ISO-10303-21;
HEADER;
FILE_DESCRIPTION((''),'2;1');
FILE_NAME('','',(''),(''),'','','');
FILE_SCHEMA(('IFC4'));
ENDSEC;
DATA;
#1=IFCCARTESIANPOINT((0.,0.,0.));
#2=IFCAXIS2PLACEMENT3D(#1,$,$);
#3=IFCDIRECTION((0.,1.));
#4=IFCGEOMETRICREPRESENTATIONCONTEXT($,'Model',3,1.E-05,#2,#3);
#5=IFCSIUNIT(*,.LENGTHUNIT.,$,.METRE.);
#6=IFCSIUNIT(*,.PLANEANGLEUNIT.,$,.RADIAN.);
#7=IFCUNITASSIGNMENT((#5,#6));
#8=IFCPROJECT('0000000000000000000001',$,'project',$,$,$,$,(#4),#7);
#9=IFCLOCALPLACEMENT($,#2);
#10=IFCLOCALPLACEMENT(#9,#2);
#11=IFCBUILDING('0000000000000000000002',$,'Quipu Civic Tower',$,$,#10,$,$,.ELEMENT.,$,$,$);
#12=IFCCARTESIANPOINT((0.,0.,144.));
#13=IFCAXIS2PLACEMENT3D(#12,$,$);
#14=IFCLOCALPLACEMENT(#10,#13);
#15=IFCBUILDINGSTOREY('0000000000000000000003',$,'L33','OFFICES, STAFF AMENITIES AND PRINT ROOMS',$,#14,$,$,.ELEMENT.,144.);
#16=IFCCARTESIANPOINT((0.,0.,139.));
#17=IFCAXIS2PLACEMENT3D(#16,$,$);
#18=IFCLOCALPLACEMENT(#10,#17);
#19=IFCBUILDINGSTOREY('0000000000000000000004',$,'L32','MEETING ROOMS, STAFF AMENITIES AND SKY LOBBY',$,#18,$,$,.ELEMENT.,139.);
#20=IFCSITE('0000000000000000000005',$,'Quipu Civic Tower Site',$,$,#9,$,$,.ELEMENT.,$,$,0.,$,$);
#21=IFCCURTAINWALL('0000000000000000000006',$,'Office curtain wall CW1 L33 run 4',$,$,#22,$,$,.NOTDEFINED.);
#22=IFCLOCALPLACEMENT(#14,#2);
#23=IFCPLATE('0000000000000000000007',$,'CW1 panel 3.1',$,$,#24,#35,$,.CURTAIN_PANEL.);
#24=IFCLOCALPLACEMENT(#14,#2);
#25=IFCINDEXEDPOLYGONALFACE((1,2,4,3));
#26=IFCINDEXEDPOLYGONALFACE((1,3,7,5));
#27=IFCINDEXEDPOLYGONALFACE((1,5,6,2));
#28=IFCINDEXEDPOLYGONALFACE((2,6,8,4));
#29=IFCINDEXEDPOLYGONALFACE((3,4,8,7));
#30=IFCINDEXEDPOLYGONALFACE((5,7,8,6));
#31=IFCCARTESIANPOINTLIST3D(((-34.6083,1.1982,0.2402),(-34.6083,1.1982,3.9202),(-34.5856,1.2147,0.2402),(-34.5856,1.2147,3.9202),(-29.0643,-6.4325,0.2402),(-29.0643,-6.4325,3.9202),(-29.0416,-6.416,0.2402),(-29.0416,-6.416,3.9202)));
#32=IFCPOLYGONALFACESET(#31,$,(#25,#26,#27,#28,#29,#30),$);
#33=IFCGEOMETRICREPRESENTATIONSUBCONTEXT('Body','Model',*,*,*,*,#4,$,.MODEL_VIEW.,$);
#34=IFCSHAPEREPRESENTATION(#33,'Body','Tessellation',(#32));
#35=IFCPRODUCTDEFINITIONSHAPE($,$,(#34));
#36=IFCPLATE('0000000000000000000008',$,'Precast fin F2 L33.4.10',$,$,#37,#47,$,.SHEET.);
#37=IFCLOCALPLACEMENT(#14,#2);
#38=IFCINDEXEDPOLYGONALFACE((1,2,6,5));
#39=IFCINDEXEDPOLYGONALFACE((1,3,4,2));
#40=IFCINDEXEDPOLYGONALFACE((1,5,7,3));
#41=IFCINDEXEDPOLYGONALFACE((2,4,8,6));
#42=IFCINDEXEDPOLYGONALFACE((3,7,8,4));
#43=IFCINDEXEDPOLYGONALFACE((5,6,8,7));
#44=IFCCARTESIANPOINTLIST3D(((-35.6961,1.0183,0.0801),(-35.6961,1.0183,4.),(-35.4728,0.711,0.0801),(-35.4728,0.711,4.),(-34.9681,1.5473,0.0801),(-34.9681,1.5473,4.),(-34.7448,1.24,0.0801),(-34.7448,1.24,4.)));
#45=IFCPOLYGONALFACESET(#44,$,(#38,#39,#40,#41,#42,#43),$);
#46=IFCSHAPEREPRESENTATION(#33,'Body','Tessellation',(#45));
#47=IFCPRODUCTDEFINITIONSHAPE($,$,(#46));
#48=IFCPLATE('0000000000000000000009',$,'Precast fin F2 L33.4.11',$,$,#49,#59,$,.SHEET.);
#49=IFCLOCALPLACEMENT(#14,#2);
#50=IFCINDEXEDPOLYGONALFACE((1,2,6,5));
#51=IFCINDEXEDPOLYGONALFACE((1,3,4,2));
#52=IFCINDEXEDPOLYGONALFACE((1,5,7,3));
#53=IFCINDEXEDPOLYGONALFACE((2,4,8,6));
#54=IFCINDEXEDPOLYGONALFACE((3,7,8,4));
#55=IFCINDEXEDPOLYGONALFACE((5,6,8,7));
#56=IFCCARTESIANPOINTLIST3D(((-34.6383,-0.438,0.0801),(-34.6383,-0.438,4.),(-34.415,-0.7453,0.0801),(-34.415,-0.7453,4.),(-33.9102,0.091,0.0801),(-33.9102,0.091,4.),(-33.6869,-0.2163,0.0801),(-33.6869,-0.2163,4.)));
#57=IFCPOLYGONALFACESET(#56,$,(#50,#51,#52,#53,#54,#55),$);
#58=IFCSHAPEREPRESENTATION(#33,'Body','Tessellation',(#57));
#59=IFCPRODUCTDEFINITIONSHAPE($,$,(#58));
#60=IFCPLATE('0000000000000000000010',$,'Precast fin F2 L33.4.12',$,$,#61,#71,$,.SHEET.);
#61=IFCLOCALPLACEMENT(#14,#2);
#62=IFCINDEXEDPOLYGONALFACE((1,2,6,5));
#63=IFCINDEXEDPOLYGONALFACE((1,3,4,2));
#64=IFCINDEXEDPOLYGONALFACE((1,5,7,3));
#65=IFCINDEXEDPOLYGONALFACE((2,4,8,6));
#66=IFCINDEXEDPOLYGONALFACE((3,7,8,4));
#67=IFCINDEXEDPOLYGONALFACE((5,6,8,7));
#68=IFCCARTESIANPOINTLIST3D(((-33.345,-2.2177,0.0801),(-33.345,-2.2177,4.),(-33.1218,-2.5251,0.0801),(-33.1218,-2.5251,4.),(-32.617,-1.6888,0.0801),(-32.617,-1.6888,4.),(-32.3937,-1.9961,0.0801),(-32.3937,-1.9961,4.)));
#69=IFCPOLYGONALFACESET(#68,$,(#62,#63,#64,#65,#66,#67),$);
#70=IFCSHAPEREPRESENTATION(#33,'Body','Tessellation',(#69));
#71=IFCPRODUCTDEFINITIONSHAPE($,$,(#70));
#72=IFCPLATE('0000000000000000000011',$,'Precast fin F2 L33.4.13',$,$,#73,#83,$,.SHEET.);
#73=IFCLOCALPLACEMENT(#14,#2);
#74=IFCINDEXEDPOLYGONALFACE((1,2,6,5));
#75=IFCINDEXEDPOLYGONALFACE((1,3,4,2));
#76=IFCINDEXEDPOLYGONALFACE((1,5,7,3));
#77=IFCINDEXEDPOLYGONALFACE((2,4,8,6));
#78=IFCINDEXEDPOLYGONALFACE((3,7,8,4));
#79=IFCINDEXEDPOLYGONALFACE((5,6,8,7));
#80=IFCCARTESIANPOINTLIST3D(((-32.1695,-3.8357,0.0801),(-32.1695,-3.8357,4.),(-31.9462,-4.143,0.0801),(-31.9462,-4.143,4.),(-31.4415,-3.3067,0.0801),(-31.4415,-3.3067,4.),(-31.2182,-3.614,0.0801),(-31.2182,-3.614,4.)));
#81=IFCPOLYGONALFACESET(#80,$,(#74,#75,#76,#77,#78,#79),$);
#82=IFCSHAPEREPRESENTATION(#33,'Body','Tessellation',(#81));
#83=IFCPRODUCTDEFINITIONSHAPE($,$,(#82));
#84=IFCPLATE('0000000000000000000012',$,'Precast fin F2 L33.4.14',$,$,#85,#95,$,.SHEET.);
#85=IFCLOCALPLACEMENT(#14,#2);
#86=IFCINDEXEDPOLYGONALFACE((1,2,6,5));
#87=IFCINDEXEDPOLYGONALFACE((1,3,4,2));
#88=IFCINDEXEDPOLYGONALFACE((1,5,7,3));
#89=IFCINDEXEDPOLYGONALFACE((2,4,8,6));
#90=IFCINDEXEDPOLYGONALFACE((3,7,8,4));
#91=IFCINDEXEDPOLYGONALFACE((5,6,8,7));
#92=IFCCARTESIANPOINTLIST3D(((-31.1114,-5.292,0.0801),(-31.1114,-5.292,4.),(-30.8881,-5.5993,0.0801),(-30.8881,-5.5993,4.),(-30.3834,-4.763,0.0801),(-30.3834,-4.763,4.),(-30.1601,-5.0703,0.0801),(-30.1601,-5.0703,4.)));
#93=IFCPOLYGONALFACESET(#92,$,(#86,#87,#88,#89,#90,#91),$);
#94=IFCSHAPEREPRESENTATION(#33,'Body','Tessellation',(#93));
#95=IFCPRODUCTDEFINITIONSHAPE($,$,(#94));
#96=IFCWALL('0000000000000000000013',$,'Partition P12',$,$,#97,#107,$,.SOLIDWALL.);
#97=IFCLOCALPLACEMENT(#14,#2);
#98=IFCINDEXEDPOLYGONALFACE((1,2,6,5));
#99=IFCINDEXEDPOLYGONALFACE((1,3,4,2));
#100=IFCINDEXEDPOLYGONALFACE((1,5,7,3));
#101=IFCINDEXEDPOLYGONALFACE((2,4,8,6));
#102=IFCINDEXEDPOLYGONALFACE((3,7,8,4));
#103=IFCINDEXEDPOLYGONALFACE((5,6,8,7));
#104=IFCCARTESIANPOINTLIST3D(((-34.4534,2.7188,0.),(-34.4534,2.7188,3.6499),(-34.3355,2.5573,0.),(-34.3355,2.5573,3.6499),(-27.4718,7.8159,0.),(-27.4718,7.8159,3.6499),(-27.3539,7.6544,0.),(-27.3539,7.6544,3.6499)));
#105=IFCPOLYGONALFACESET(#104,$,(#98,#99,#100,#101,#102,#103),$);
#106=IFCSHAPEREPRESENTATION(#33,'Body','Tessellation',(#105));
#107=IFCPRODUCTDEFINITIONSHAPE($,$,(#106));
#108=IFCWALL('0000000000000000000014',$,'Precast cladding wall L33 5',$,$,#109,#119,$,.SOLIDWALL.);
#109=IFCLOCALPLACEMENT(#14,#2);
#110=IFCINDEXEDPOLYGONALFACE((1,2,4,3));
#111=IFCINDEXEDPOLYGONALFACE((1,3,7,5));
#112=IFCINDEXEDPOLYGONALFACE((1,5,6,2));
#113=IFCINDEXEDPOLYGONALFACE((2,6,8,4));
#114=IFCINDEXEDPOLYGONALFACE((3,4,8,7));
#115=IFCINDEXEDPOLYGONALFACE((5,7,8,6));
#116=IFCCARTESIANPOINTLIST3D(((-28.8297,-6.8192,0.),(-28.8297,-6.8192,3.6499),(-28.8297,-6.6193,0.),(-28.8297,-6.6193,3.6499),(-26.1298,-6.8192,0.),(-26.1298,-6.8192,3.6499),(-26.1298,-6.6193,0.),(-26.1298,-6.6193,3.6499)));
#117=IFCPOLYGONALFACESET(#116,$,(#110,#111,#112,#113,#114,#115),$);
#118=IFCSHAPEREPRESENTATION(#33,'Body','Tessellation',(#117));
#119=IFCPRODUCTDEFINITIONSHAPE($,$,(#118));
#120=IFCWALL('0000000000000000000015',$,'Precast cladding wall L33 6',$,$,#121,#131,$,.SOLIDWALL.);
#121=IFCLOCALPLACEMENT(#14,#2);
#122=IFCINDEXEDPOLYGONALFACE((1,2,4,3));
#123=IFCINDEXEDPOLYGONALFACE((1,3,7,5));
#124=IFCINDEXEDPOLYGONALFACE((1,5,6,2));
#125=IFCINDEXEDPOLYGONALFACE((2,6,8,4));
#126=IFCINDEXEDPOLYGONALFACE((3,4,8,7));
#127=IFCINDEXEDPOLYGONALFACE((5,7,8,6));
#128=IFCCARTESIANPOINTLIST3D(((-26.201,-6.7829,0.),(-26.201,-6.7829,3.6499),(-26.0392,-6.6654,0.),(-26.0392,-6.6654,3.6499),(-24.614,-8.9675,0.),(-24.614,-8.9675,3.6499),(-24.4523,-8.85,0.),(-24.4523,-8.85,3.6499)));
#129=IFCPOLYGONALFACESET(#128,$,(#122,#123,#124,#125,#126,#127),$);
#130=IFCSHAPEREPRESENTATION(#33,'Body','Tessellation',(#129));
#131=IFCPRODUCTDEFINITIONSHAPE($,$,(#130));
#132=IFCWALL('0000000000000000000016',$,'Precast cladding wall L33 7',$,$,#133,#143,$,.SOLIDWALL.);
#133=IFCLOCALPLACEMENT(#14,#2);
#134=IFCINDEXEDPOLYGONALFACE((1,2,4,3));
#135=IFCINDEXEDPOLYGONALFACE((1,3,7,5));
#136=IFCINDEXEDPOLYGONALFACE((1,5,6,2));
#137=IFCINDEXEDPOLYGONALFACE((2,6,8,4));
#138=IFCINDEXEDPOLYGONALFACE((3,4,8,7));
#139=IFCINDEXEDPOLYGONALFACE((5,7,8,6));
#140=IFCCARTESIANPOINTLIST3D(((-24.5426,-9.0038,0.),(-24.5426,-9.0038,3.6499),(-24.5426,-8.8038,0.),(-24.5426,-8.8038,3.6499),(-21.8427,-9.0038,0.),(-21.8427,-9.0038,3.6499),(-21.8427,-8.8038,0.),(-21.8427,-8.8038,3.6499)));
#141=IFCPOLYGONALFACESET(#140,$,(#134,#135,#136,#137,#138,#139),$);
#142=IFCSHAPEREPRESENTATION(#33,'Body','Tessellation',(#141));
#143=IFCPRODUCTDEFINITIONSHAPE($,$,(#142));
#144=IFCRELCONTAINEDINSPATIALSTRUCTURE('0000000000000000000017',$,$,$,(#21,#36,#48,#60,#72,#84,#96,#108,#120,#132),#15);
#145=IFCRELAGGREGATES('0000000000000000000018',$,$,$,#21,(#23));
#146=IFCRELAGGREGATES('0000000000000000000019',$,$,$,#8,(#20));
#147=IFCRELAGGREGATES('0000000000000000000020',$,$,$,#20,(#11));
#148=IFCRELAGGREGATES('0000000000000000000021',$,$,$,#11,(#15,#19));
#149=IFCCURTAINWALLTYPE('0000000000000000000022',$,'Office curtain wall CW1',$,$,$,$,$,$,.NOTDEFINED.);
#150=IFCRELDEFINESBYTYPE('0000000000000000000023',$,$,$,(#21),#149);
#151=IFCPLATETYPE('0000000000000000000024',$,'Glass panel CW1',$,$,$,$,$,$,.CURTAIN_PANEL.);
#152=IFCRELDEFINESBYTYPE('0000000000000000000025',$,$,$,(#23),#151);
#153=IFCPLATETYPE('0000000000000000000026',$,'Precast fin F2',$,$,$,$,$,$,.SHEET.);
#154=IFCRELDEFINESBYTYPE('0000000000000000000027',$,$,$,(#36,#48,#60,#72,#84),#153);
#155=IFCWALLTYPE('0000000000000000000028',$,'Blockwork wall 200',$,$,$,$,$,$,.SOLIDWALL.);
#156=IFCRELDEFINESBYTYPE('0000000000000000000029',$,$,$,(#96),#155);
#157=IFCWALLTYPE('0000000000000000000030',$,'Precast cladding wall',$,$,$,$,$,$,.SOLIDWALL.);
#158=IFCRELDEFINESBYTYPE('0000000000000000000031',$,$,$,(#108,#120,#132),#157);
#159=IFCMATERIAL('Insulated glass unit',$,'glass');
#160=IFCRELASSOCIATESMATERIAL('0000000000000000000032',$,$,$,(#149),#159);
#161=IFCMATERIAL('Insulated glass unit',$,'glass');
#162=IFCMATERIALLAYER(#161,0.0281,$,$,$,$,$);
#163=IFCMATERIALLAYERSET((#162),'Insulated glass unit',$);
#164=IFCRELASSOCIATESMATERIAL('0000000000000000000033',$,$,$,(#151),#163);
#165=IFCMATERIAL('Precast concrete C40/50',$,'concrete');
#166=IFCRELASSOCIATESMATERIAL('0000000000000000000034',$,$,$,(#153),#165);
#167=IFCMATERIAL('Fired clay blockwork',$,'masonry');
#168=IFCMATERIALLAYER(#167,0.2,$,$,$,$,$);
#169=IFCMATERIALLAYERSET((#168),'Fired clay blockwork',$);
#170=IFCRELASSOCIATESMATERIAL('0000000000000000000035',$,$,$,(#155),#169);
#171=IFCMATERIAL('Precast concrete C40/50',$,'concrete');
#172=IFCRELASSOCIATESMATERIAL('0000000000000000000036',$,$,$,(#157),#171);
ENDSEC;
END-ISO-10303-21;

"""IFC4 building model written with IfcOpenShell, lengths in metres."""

from ifc_helpers import new_model, si_unit, direction, frame, frame_2d, origin, origin_2d, place, context, subcontext, project, spatial, rectangle, extrude, material, layer, layer_set, type_object, element, aggregate, save


model = new_model("IFC4")

# Units and contexts
model_context = context("Model", 3, precision=1e-05, world=origin(), true_north=direction((0.0, 1.0)))
body_context = subcontext(model_context, "Body", "Model", "MODEL_VIEW")
ifc_project = project(units=[si_unit("LENGTHUNIT", "METRE"), si_unit("PLANEANGLEUNIT", "RADIAN")], contexts=[model_context])

# Site, building, storey
site_placement = place(None, origin())
site = spatial("IfcSite", under=ifc_project, at=site_placement, Name="Quipu Civic Tower Site", CompositionType="ELEMENT", RefElevation=0.0)
building_placement = place(site_placement, origin())
building = spatial("IfcBuilding", under=site, at=building_placement, Name="Quipu Civic Tower", CompositionType="ELEMENT")
storey_1_placement = place(building_placement, frame((0.0, 0.0, 144.0)))
storey_1 = spatial("IfcBuildingStorey", under=building, at=storey_1_placement, Name="L33", Description="OFFICES, STAFF AMENITIES AND PRINT ROOMS", CompositionType="ELEMENT", Elevation=144.0)

# Curtain wall
ifc_material_1 = material(Name="Insulated glass unit", Category="glass")
curtain_wall_type_1 = type_object("IfcCurtainWallType", Name="Office curtain wall CW1", PredefinedType="NOTDEFINED", material=ifc_material_1)
curtain_wall_1_placement = place(storey_1_placement, origin())
curtain_wall_1 = element("IfcCurtainWall", 1, at=curtain_wall_1_placement, inside=storey_1, type_object=curtain_wall_type_1, Name="Office curtain wall CW1 L33 run 4", PredefinedType="NOTDEFINED")

# Shared definitions
storey_2_placement = place(building_placement, frame((0.0, 0.0, 139.0)))
storey_2 = spatial("IfcBuildingStorey", under=building, at=storey_2_placement, Name="L32", Description="MEETING ROOMS, STAFF AMENITIES AND SKY LOBBY", CompositionType="ELEMENT", Elevation=139.0)

# Plate
ifc_material_2 = material(Name="Insulated glass unit", Category="glass")
ifc_layer_1 = layer(ifc_material_2, 0.0281)
ifc_layer_set_1 = layer_set([ifc_layer_1], Name="Insulated glass unit")
plate_type_1 = type_object("IfcPlateType", Name="Glass panel CW1", PredefinedType="CURTAIN_PANEL", material=ifc_layer_set_1)
plate_placement = place(storey_1_placement, frame((-31.825, -2.6089, 0.2402), z_axis=(0.0, 0.0, 1.0), x_axis=(0.587786, -0.809017, 0.0)))
plate = element("IfcPlate", 2, at=plate_placement, type_object=plate_type_1, Name="CW1 panel 3.1", PredefinedType="CURTAIN_PANEL", context=body_context, shape_type="SweptSolid", body=[
    extrude(rectangle(XDim=9.4321, YDim=0.0281, at=origin_2d()), origin(), (0.0, 0.0, 1.0), 3.6799),
])
aggregate(curtain_wall_1, [plate])

# Plates
ifc_material_3 = material(Name="Precast concrete C40/50", Category="concrete")
plate_type_2 = type_object("IfcPlateType", Name="Precast fin F2", PredefinedType="SHEET", material=ifc_material_3)
for number, where, z_axis, x_axis, name in (
    (3, (-35.2205, 1.1292, 0.0801), (0.0, 0.0, 1.0), (0.587786, -0.809017, 0.0), "Precast fin F2 L33.4.10"),
    (4, (-34.1626, -0.3271, 0.0801), (0.0, 0.0, 1.0), (0.587786, -0.809017, 0.0), "Precast fin F2 L33.4.11"),
    (5, (-32.8694, -2.1069, 0.0801), (0.0, 0.0, 1.0), (0.587786, -0.809017, 0.0), "Precast fin F2 L33.4.12"),
    (6, (-31.6938, -3.7249, 0.0801), (0.0, 0.0, 1.0), (0.587786, -0.809017, 0.0), "Precast fin F2 L33.4.13"),
    (7, (-30.6357, -5.1812, 0.0801), (0.0, 0.0, 1.0), (0.587786, -0.809017, 0.0), "Precast fin F2 L33.4.14"),
):
    element("IfcPlate", number, at=place(storey_1_placement, frame(where, z_axis=z_axis, x_axis=x_axis)), inside=storey_1, type_object=plate_type_2, Name=name, PredefinedType="SHEET", context=body_context, shape_type="SweptSolid", body=[
        extrude(rectangle(XDim=0.3799, YDim=0.8999, at=origin_2d()), origin(), (0.0, 0.0, 1.0), 3.9199),
    ])

# Walls
ifc_material_4 = material(Name="Fired clay blockwork", Category="masonry")
ifc_layer_2 = layer(ifc_material_4, 0.2)
ifc_layer_set_2 = layer_set([ifc_layer_2], Name="Fired clay blockwork")
wall_type_1 = type_object("IfcWallType", Name="Blockwork wall 200", PredefinedType="SOLIDWALL", material=ifc_layer_set_2)
wall_1_placement = place(storey_1_placement, frame((-34.3945, 2.6379, 0.0), z_axis=(0.0, 0.0, 1.0), x_axis=(0.807658, 0.589652, 0.0)))
element("IfcWall", 8, at=wall_1_placement, inside=storey_1, type_object=wall_type_1, Name="Partition P12", PredefinedType="SOLIDWALL", context=body_context, shape_type="SweptSolid", body=[
    extrude(rectangle(XDim=8.6443, YDim=0.2, at=frame_2d((4.3223, 0.0))), origin(), (0.0, 0.0, 1.0), 3.6499),
])
ifc_material_5 = material(Name="Precast concrete C40/50", Category="concrete")
wall_type_2 = type_object("IfcWallType", Name="Precast cladding wall", PredefinedType="SOLIDWALL", material=ifc_material_5)
wall_2_placement = place(storey_1_placement, frame((-28.8298, -6.7192, 0.0), z_axis=(0.0, 0.0, 1.0), x_axis=(1.0, 0.0, 0.0)))
element("IfcWall", 9, at=wall_2_placement, inside=storey_1, type_object=wall_type_2, Name="Precast cladding wall L33 5", PredefinedType="SOLIDWALL", context=body_context, shape_type="SweptSolid", body=[
    extrude(rectangle(XDim=2.7, YDim=0.2, at=frame_2d((1.3501, 0.0))), origin(), (0.0, 0.0, 1.0), 3.6499),
])
wall_3_placement = place(storey_1_placement, frame((-26.1201, -6.7241, 0.0), z_axis=(0.0, 0.0, 1.0), x_axis=(0.58772, -0.809064, 0.0)))
element("IfcWall", 10, at=wall_3_placement, inside=storey_1, type_object=wall_type_2, Name="Precast cladding wall L33 6", PredefinedType="SOLIDWALL", context=body_context, shape_type="SweptSolid", body=[
    extrude(rectangle(XDim=2.7002, YDim=0.2, at=frame_2d((1.3501, 0.0))), origin(), (0.0, 0.0, 1.0), 3.6499),
])
wall_4_placement = place(storey_1_placement, frame((-24.5427, -8.9038, 0.0), z_axis=(0.0, 0.0, 1.0), x_axis=(1.0, 0.0, 0.0)))
element("IfcWall", 11, at=wall_4_placement, inside=storey_1, type_object=wall_type_2, Name="Precast cladding wall L33 7", PredefinedType="SOLIDWALL", context=body_context, shape_type="SweptSolid", body=[
    extrude(rectangle(XDim=2.7, YDim=0.2, at=frame_2d((1.3501, 0.0))), origin(), (0.0, 0.0, 1.0), 3.6499),
])

save(model, "model.ifc")
